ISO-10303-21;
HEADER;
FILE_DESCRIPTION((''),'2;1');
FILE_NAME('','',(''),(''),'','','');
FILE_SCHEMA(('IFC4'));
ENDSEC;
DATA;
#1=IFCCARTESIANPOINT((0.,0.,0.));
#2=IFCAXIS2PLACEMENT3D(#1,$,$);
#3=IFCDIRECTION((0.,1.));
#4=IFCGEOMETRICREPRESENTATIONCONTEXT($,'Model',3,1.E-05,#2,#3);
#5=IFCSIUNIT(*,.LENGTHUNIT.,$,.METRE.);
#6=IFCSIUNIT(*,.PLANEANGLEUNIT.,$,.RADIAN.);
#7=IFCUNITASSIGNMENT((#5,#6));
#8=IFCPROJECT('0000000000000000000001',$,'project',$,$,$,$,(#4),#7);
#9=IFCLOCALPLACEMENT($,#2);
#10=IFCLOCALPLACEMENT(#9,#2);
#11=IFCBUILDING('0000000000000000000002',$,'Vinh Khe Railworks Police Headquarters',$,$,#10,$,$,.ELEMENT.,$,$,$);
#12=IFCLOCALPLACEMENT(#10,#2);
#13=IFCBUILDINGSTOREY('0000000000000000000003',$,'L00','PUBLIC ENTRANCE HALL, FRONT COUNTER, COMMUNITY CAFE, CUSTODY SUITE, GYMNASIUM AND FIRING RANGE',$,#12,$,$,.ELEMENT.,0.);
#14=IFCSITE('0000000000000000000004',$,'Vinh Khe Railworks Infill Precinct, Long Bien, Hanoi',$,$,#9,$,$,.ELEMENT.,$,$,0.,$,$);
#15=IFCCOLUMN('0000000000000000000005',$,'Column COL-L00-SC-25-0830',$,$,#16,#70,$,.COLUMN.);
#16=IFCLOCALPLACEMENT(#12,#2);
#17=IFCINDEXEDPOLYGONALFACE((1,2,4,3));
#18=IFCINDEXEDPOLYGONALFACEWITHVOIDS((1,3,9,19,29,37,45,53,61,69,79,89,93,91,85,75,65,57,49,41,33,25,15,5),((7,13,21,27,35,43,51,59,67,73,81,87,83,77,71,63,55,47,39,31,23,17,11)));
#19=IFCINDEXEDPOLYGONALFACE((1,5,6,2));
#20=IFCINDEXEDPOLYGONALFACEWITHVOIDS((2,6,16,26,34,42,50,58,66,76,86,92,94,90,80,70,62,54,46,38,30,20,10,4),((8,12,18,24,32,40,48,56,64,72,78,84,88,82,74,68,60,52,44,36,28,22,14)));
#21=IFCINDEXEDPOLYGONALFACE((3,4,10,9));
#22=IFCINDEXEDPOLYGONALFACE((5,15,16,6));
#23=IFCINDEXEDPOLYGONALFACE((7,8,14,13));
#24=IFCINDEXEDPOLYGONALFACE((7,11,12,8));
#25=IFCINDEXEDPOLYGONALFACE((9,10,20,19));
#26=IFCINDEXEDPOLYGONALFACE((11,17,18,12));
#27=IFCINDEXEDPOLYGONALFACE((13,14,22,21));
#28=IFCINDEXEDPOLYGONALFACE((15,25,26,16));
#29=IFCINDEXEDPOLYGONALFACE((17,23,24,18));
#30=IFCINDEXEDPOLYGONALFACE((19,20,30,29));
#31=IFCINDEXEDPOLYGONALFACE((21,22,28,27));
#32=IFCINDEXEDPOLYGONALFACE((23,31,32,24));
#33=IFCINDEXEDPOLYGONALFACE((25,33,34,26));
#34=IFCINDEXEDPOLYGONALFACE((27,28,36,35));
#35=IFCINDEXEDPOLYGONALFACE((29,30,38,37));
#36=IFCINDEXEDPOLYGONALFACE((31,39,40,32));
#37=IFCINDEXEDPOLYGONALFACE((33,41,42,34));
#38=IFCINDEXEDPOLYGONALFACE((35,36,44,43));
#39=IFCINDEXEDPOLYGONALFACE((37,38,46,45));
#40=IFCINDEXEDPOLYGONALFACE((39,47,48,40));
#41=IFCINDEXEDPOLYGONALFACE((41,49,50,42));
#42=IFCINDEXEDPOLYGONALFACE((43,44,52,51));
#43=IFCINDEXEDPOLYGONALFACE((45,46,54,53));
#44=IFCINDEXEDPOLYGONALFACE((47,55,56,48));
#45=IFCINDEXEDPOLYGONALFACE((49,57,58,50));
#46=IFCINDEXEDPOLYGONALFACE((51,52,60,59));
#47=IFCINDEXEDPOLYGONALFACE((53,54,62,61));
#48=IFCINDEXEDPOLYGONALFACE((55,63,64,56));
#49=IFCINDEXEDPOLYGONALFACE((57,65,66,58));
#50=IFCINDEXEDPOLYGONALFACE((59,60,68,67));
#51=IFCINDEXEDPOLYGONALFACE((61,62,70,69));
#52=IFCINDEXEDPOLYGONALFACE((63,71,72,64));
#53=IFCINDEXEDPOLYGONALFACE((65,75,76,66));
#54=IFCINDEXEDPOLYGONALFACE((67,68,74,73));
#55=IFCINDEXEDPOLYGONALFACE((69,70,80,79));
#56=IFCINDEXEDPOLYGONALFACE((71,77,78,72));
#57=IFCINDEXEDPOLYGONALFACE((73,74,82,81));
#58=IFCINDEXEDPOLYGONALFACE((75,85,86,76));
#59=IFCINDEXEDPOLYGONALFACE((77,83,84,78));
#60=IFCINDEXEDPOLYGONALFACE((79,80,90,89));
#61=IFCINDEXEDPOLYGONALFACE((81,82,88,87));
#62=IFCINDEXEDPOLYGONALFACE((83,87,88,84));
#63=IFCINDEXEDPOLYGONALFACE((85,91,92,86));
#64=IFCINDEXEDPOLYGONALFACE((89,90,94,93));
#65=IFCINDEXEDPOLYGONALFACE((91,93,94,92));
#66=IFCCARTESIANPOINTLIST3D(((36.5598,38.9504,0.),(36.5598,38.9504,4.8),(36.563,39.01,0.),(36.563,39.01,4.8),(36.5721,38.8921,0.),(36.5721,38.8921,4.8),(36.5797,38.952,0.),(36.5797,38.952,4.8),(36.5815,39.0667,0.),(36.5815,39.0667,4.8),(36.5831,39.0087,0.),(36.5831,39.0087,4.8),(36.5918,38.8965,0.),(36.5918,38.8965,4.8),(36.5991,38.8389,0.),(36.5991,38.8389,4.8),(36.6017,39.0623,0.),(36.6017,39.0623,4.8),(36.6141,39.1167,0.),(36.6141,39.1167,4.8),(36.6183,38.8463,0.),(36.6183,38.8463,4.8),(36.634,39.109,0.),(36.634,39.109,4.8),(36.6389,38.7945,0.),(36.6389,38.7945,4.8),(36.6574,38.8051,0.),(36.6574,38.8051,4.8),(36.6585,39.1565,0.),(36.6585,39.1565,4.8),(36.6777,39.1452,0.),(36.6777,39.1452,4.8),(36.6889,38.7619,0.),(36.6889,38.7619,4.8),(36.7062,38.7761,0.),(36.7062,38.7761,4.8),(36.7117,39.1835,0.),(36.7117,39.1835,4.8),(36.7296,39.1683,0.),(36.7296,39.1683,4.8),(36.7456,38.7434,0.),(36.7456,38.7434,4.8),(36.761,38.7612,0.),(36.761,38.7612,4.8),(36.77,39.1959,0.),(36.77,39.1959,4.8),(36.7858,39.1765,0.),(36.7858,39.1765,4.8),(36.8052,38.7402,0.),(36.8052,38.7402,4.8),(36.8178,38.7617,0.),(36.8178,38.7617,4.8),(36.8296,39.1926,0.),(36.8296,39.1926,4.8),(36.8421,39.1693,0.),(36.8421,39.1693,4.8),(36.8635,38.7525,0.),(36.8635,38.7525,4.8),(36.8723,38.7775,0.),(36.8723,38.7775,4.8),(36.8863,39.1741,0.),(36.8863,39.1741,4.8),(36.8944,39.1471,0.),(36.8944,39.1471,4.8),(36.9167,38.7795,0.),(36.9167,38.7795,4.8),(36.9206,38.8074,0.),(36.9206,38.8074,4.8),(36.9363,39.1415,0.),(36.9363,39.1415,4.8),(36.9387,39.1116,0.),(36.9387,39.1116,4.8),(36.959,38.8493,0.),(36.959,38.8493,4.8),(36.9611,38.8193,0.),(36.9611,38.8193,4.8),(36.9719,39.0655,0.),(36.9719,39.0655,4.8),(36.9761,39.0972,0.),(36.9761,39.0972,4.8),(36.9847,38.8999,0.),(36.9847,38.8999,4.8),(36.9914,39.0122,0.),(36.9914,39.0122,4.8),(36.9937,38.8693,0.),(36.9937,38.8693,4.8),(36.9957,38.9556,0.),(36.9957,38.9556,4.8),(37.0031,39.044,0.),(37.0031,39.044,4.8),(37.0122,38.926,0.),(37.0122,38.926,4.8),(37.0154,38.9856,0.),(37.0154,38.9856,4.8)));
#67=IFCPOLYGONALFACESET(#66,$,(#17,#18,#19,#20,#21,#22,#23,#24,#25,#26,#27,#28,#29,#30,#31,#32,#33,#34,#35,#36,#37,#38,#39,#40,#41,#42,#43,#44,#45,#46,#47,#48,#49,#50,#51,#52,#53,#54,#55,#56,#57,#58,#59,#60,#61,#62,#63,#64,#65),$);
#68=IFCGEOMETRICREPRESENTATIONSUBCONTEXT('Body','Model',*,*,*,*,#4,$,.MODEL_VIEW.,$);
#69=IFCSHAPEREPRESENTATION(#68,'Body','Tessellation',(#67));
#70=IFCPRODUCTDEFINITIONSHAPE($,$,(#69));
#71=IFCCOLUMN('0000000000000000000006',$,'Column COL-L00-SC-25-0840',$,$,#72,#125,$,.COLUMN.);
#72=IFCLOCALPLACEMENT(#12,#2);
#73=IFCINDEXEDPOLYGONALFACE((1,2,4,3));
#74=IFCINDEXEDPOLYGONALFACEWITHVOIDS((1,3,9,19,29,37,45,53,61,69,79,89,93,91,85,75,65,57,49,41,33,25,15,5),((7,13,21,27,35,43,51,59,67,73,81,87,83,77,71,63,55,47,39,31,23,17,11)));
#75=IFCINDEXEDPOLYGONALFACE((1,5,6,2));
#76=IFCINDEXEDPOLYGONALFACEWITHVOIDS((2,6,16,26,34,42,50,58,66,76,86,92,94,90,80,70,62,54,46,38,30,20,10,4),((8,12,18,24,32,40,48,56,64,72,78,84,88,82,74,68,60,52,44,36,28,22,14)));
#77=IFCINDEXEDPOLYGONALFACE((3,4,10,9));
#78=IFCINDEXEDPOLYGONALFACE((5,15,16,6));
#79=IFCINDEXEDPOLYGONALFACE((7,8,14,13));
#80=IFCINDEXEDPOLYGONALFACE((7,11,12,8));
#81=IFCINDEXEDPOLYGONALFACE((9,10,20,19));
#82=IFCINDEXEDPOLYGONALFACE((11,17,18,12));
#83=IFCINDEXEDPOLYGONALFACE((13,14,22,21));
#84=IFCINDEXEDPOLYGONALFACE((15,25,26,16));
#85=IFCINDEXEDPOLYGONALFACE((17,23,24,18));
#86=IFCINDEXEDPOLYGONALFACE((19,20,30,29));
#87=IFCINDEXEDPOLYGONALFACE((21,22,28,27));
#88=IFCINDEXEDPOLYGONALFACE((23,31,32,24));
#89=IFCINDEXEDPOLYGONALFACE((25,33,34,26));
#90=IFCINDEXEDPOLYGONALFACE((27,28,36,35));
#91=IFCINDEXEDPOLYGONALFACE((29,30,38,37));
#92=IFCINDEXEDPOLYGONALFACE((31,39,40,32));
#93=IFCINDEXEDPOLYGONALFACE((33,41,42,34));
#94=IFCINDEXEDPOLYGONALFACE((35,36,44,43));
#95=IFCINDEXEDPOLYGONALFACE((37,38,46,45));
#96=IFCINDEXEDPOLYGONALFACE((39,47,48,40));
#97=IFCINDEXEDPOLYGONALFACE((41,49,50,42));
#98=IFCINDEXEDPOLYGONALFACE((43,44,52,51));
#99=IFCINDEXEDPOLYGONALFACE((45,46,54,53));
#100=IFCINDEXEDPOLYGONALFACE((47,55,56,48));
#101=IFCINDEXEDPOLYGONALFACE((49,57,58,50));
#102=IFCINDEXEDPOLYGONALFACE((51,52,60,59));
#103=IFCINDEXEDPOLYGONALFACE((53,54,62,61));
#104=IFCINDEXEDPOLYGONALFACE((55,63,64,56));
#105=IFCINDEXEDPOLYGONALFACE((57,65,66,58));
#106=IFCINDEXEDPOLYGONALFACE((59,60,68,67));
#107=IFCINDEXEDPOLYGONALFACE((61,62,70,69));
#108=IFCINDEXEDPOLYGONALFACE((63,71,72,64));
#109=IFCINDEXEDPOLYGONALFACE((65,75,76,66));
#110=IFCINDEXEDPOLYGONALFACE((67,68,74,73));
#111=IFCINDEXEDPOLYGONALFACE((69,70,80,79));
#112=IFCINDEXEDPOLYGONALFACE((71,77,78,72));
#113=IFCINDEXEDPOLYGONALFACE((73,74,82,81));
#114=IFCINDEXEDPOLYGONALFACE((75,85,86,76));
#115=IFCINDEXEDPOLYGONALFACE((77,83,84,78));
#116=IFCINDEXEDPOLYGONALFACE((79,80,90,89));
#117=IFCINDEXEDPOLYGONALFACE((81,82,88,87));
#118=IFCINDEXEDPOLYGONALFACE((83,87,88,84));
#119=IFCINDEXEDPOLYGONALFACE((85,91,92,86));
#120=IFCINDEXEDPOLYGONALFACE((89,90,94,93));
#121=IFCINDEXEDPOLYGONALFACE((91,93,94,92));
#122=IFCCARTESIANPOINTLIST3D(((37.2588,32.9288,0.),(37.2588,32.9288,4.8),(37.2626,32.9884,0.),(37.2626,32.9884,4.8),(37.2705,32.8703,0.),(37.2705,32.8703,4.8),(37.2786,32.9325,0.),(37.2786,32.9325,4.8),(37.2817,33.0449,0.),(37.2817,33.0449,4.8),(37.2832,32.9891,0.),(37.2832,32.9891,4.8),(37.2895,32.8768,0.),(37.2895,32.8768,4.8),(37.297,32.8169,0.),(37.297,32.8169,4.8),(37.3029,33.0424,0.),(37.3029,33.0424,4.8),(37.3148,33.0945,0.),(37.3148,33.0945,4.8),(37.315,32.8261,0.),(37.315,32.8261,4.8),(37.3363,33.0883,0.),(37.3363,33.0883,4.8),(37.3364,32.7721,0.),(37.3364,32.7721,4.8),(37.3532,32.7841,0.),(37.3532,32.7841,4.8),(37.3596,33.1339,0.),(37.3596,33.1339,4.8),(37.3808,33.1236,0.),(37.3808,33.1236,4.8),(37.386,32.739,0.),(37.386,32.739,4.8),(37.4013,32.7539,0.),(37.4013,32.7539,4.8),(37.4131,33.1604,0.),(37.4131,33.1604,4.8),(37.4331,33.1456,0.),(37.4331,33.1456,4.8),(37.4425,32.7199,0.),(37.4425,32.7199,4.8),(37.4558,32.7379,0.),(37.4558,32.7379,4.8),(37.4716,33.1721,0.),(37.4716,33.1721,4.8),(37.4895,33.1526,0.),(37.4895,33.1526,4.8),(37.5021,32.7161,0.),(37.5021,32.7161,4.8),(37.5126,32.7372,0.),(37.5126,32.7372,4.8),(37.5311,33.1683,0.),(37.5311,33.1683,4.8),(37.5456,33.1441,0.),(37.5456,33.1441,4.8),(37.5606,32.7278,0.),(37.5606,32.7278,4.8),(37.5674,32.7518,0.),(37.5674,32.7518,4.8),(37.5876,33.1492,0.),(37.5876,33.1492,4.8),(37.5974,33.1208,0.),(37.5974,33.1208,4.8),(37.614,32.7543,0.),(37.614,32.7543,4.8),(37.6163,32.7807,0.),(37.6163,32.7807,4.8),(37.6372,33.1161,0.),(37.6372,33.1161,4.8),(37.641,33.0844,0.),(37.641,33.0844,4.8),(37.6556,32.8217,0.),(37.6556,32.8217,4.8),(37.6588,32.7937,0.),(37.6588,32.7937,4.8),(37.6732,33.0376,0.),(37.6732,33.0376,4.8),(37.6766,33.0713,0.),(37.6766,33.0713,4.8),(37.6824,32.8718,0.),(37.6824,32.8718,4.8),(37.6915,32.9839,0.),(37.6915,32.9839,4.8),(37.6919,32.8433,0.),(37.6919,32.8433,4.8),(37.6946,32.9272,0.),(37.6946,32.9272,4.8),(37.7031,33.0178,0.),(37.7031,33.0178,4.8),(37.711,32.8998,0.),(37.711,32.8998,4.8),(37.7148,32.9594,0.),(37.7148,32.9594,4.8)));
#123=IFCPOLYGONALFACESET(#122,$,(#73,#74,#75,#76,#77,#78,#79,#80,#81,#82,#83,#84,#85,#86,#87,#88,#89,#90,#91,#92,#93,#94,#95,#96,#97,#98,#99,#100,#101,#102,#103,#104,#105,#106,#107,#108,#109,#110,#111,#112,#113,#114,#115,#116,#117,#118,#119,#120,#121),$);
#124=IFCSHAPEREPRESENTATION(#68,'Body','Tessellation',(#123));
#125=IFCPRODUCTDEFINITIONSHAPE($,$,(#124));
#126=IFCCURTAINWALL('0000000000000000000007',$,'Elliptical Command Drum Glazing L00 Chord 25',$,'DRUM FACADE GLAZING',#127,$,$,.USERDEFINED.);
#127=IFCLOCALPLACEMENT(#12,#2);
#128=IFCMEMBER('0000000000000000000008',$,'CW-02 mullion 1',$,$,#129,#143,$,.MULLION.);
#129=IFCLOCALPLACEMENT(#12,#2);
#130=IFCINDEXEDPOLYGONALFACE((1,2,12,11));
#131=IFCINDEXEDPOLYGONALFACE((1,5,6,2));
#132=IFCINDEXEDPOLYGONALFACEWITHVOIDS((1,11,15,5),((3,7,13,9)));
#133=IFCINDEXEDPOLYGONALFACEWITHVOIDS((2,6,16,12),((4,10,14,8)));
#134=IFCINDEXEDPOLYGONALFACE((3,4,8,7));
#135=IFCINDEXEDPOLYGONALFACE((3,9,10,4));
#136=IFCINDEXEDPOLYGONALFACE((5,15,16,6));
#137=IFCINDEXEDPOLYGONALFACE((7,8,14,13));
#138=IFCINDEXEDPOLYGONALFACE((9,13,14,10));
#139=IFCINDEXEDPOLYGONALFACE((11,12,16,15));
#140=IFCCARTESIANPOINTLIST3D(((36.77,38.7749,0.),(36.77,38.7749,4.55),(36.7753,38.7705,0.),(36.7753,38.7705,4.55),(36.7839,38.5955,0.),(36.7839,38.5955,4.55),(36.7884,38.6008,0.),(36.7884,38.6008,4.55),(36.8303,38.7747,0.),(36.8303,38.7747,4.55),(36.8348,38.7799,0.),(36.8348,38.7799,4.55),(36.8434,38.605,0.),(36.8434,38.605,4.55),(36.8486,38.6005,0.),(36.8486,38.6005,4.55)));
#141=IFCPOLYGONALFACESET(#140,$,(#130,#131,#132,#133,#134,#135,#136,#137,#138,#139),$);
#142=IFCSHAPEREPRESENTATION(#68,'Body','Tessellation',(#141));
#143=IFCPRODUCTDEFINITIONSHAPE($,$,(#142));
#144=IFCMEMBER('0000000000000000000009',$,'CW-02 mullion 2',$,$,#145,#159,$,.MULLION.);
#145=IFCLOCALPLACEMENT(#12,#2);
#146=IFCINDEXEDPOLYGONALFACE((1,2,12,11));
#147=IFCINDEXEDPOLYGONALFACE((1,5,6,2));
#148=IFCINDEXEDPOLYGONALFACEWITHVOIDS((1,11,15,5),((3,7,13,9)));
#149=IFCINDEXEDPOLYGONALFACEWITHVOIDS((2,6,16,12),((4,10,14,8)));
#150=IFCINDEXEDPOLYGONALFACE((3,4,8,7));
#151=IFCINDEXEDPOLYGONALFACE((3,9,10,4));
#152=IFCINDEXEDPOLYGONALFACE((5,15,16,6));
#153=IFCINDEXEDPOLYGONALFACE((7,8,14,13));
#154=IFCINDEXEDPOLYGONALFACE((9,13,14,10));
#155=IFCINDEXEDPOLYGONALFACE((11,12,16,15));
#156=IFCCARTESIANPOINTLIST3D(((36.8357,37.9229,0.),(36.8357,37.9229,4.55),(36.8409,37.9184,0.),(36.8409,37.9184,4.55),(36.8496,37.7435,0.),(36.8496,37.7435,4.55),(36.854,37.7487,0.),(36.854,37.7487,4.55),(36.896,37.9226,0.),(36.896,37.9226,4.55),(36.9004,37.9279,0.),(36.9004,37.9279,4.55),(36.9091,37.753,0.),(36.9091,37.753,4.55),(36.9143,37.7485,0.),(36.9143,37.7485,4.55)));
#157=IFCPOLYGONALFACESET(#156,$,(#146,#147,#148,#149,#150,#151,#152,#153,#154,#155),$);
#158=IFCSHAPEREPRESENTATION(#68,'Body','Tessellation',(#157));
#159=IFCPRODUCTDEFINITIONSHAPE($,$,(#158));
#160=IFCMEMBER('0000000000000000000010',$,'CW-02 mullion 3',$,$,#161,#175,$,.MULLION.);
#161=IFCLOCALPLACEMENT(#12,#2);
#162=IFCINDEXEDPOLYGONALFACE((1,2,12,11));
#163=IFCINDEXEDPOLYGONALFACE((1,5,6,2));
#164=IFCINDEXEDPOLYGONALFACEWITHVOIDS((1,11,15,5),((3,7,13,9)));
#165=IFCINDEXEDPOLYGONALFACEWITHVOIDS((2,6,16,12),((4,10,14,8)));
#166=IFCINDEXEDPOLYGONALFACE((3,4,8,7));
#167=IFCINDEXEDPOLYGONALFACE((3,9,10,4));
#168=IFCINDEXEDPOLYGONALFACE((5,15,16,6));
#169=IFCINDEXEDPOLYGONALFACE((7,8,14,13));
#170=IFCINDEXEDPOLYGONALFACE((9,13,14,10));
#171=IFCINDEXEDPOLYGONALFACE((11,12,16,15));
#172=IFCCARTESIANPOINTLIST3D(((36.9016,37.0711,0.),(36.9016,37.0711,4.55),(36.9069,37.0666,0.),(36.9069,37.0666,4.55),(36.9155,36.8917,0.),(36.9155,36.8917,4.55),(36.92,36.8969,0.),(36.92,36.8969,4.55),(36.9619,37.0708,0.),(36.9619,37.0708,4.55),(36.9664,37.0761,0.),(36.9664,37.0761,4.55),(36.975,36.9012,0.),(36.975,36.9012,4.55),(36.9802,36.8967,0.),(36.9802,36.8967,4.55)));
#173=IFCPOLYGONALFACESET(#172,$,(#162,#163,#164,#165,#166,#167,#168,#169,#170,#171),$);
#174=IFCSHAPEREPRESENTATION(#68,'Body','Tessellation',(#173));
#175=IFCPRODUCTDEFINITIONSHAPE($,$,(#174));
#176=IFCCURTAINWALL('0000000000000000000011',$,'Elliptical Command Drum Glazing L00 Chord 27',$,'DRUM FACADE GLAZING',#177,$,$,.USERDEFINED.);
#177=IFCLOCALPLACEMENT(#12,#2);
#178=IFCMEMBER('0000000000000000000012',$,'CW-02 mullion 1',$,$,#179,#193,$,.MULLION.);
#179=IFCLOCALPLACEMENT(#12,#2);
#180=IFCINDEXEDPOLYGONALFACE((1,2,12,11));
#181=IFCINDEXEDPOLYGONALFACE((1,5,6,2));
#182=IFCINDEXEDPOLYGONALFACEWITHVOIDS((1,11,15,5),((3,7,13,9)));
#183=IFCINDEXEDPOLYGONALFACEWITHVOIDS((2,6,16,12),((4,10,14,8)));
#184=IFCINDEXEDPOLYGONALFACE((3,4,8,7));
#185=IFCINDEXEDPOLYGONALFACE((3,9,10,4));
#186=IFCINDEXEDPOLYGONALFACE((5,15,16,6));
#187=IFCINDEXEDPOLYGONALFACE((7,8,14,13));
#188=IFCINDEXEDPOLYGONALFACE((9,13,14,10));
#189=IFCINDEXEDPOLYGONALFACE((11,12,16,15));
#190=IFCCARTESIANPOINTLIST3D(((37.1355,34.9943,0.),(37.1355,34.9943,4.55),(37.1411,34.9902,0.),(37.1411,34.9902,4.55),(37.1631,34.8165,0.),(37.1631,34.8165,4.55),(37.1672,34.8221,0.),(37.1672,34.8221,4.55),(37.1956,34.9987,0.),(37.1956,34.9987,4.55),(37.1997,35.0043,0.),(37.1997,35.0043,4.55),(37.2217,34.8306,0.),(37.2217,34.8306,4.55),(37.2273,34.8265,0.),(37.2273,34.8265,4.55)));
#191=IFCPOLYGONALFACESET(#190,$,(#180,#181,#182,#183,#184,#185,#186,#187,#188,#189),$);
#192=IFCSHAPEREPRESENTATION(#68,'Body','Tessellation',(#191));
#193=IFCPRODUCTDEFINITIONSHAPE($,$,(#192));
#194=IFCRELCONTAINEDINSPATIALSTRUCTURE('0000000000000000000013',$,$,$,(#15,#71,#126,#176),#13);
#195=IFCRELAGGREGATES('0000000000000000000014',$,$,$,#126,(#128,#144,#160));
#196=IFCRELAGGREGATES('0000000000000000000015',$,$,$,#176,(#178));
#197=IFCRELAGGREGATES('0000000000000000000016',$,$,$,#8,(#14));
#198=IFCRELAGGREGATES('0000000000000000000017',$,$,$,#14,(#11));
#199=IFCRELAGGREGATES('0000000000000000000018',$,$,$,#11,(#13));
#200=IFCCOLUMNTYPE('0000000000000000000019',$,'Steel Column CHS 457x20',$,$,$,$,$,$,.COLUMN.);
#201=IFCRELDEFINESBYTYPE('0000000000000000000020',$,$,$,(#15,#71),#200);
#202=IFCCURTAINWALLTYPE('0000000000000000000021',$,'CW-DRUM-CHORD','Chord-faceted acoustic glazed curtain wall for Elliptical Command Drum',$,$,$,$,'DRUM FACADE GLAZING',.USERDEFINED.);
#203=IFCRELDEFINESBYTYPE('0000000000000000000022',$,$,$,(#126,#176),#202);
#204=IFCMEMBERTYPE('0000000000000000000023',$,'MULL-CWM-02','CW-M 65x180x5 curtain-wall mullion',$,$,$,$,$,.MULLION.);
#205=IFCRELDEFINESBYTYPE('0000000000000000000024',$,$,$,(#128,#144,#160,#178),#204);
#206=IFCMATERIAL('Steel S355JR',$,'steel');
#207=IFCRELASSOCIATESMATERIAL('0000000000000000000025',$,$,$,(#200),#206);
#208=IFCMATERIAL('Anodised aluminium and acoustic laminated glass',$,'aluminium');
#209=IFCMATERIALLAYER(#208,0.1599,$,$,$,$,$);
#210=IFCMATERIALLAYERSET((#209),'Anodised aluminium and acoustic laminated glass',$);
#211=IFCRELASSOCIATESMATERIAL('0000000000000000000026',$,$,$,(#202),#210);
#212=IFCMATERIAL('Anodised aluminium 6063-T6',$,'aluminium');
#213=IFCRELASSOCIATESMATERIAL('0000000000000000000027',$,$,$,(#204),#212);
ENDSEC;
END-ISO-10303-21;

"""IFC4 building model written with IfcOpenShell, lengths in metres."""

from ifc_helpers import new_model, si_unit, direction, frame, origin, origin_2d, place, context, subcontext, project, spatial, hollow_rectangle, hollow_circle, extrude, material, layer, layer_set, material_profile, profile_set, type_object, element, aggregate, save


model = new_model("IFC4")

# Units and contexts
model_context = context("Model", 3, precision=1e-05, world=origin(), true_north=direction((0.0, 1.0)))
body_context = subcontext(model_context, "Body", "Model", "MODEL_VIEW")
ifc_project = project(units=[si_unit("LENGTHUNIT", "METRE"), si_unit("PLANEANGLEUNIT", "RADIAN")], contexts=[model_context])

# Site, building, storey
site_placement = place(None, origin())
site = spatial("IfcSite", under=ifc_project, at=site_placement, Name="Vinh Khe Railworks Infill Precinct, Long Bien, Hanoi", CompositionType="ELEMENT", RefElevation=0.0)
building_placement = place(site_placement, origin())
building = spatial("IfcBuilding", under=site, at=building_placement, Name="Vinh Khe Railworks Police Headquarters", CompositionType="ELEMENT")
storey_placement = place(building_placement, origin())
storey = spatial("IfcBuildingStorey", under=building, at=storey_placement, Name="L00", Description="PUBLIC ENTRANCE HALL, FRONT COUNTER, COMMUNITY CAFE, CUSTODY SUITE, GYMNASIUM AND FIRING RANGE", CompositionType="ELEMENT", Elevation=0.0)

# Columns
ifc_material_1 = material(Name="Steel S355JR", Category="steel")
ifc_material_profile_1 = material_profile(ifc_material_1, hollow_circle(Radius=0.2285, WallThickness=0.02, at=origin_2d()), Name="CHS 457x20")
ifc_profile_set_1 = profile_set([ifc_material_profile_1], Name="Steel S355JR")
column_type = type_object("IfcColumnType", Name="Steel Column CHS 457x20", PredefinedType="COLUMN", material=ifc_profile_set_1)
for number, where, z_axis, x_axis, name in (
    (1, (36.7876, 38.968, 0.0), (0.0, 0.0, 1.0), (-0.997039, -0.076893, 0.0), "Column COL-L00-SC-25-0830"),
    (2, (37.4868, 32.9441, 0.0), (0.0, 0.0, 1.0), (-0.94648, -0.322761, 0.0), "Column COL-L00-SC-25-0840"),
):
    element("IfcColumn", number, at=place(storey_placement, frame(where, z_axis=z_axis, x_axis=x_axis)), inside=storey, type_object=column_type, Name=name, PredefinedType="COLUMN", context=body_context, shape_type="SweptSolid", body=[
        extrude(hollow_circle(Radius=0.2285, WallThickness=0.02, at=origin_2d()), origin(), (0.0, 0.0, 1.0), 4.8),
    ])

# Curtain walls, members
ifc_material_2 = material(Name="Anodised aluminium and acoustic laminated glass", Category="aluminium")
ifc_layer_1 = layer(ifc_material_2, 0.1599)
ifc_layer_set_1 = layer_set([ifc_layer_1], Name="Anodised aluminium and acoustic laminated glass")
curtain_wall_type = type_object("IfcCurtainWallType", Name="CW-DRUM-CHORD", Description="Chord-faceted acoustic glazed curtain wall for Elliptical Command Drum", ElementType="DRUM FACADE GLAZING", PredefinedType="USERDEFINED", material=ifc_layer_set_1)
curtain_wall_1_placement = place(storey_placement, origin())
curtain_wall_1 = element("IfcCurtainWall", 3, at=curtain_wall_1_placement, inside=storey, type_object=curtain_wall_type, Name="Elliptical Command Drum Glazing L00 Chord 25", ObjectType="DRUM FACADE GLAZING", PredefinedType="USERDEFINED")
ifc_material_3 = material(Name="Anodised aluminium 6063-T6", Category="aluminium")
ifc_material_profile_2 = material_profile(ifc_material_3, hollow_rectangle(XDim=0.0649, YDim=0.1799, WallThickness=0.0049, at=origin_2d()), Name="CW-M 65x180x5")
ifc_profile_set_2 = profile_set([ifc_material_profile_2], Name="Anodised aluminium 6063-T6")
member_type_1 = type_object("IfcMemberType", Name="MULL-CWM-02", Description="CW-M 65x180x5 curtain-wall mullion", PredefinedType="MULLION", material=ifc_profile_set_2)
member_1_placement = place(storey_placement, frame((36.8093, 38.6877, 0.0), z_axis=(0.0, 0.0, 1.0), x_axis=(0.997033, 0.07697, 0.0)))
member_1 = element("IfcMember", 4, at=member_1_placement, type_object=member_type_1, Name="CW-02 mullion 1", PredefinedType="MULLION", context=body_context, shape_type="SweptSolid", body=[
    extrude(hollow_rectangle(XDim=0.0649, YDim=0.1799, WallThickness=0.0049, at=origin_2d()), origin(), (0.0, 0.0, 1.0), 4.55),
])
member_2_placement = place(storey_placement, frame((36.875, 37.8357, 0.0), z_axis=(0.0, 0.0, 1.0), x_axis=(0.997033, 0.07697, 0.0)))
member_2 = element("IfcMember", 5, at=member_2_placement, type_object=member_type_1, Name="CW-02 mullion 2", PredefinedType="MULLION", context=body_context, shape_type="SweptSolid", body=[
    extrude(hollow_rectangle(XDim=0.0649, YDim=0.1799, WallThickness=0.0049, at=origin_2d()), origin(), (0.0, 0.0, 1.0), 4.55),
])
member_3_placement = place(storey_placement, frame((36.9409, 36.9839, 0.0), z_axis=(0.0, 0.0, 1.0), x_axis=(0.997033, 0.07697, 0.0)))
member_3 = element("IfcMember", 6, at=member_3_placement, type_object=member_type_1, Name="CW-02 mullion 3", PredefinedType="MULLION", context=body_context, shape_type="SweptSolid", body=[
    extrude(hollow_rectangle(XDim=0.0649, YDim=0.1799, WallThickness=0.0049, at=origin_2d()), origin(), (0.0, 0.0, 1.0), 4.55),
])
curtain_wall_2_placement = place(storey_placement, origin())
curtain_wall_2 = element("IfcCurtainWall", 7, at=curtain_wall_2_placement, inside=storey, type_object=curtain_wall_type, Name="Elliptical Command Drum Glazing L00 Chord 27", ObjectType="DRUM FACADE GLAZING", PredefinedType="USERDEFINED")
member_4_placement = place(storey_placement, frame((37.1814, 34.9104, 0.0), z_axis=(0.0, 0.0, 1.0), x_axis=(0.98815, 0.153491, 0.0)))
member_4 = element("IfcMember", 8, at=member_4_placement, type_object=member_type_1, Name="CW-02 mullion 1", PredefinedType="MULLION", context=body_context, shape_type="SweptSolid", body=[
    extrude(hollow_rectangle(XDim=0.0649, YDim=0.1799, WallThickness=0.0049, at=origin_2d()), origin(), (0.0, 0.0, 1.0), 4.55),
])

aggregate(curtain_wall_1, [member_1, member_2, member_3])
aggregate(curtain_wall_2, [member_4])

save(model, "model.ifc")
